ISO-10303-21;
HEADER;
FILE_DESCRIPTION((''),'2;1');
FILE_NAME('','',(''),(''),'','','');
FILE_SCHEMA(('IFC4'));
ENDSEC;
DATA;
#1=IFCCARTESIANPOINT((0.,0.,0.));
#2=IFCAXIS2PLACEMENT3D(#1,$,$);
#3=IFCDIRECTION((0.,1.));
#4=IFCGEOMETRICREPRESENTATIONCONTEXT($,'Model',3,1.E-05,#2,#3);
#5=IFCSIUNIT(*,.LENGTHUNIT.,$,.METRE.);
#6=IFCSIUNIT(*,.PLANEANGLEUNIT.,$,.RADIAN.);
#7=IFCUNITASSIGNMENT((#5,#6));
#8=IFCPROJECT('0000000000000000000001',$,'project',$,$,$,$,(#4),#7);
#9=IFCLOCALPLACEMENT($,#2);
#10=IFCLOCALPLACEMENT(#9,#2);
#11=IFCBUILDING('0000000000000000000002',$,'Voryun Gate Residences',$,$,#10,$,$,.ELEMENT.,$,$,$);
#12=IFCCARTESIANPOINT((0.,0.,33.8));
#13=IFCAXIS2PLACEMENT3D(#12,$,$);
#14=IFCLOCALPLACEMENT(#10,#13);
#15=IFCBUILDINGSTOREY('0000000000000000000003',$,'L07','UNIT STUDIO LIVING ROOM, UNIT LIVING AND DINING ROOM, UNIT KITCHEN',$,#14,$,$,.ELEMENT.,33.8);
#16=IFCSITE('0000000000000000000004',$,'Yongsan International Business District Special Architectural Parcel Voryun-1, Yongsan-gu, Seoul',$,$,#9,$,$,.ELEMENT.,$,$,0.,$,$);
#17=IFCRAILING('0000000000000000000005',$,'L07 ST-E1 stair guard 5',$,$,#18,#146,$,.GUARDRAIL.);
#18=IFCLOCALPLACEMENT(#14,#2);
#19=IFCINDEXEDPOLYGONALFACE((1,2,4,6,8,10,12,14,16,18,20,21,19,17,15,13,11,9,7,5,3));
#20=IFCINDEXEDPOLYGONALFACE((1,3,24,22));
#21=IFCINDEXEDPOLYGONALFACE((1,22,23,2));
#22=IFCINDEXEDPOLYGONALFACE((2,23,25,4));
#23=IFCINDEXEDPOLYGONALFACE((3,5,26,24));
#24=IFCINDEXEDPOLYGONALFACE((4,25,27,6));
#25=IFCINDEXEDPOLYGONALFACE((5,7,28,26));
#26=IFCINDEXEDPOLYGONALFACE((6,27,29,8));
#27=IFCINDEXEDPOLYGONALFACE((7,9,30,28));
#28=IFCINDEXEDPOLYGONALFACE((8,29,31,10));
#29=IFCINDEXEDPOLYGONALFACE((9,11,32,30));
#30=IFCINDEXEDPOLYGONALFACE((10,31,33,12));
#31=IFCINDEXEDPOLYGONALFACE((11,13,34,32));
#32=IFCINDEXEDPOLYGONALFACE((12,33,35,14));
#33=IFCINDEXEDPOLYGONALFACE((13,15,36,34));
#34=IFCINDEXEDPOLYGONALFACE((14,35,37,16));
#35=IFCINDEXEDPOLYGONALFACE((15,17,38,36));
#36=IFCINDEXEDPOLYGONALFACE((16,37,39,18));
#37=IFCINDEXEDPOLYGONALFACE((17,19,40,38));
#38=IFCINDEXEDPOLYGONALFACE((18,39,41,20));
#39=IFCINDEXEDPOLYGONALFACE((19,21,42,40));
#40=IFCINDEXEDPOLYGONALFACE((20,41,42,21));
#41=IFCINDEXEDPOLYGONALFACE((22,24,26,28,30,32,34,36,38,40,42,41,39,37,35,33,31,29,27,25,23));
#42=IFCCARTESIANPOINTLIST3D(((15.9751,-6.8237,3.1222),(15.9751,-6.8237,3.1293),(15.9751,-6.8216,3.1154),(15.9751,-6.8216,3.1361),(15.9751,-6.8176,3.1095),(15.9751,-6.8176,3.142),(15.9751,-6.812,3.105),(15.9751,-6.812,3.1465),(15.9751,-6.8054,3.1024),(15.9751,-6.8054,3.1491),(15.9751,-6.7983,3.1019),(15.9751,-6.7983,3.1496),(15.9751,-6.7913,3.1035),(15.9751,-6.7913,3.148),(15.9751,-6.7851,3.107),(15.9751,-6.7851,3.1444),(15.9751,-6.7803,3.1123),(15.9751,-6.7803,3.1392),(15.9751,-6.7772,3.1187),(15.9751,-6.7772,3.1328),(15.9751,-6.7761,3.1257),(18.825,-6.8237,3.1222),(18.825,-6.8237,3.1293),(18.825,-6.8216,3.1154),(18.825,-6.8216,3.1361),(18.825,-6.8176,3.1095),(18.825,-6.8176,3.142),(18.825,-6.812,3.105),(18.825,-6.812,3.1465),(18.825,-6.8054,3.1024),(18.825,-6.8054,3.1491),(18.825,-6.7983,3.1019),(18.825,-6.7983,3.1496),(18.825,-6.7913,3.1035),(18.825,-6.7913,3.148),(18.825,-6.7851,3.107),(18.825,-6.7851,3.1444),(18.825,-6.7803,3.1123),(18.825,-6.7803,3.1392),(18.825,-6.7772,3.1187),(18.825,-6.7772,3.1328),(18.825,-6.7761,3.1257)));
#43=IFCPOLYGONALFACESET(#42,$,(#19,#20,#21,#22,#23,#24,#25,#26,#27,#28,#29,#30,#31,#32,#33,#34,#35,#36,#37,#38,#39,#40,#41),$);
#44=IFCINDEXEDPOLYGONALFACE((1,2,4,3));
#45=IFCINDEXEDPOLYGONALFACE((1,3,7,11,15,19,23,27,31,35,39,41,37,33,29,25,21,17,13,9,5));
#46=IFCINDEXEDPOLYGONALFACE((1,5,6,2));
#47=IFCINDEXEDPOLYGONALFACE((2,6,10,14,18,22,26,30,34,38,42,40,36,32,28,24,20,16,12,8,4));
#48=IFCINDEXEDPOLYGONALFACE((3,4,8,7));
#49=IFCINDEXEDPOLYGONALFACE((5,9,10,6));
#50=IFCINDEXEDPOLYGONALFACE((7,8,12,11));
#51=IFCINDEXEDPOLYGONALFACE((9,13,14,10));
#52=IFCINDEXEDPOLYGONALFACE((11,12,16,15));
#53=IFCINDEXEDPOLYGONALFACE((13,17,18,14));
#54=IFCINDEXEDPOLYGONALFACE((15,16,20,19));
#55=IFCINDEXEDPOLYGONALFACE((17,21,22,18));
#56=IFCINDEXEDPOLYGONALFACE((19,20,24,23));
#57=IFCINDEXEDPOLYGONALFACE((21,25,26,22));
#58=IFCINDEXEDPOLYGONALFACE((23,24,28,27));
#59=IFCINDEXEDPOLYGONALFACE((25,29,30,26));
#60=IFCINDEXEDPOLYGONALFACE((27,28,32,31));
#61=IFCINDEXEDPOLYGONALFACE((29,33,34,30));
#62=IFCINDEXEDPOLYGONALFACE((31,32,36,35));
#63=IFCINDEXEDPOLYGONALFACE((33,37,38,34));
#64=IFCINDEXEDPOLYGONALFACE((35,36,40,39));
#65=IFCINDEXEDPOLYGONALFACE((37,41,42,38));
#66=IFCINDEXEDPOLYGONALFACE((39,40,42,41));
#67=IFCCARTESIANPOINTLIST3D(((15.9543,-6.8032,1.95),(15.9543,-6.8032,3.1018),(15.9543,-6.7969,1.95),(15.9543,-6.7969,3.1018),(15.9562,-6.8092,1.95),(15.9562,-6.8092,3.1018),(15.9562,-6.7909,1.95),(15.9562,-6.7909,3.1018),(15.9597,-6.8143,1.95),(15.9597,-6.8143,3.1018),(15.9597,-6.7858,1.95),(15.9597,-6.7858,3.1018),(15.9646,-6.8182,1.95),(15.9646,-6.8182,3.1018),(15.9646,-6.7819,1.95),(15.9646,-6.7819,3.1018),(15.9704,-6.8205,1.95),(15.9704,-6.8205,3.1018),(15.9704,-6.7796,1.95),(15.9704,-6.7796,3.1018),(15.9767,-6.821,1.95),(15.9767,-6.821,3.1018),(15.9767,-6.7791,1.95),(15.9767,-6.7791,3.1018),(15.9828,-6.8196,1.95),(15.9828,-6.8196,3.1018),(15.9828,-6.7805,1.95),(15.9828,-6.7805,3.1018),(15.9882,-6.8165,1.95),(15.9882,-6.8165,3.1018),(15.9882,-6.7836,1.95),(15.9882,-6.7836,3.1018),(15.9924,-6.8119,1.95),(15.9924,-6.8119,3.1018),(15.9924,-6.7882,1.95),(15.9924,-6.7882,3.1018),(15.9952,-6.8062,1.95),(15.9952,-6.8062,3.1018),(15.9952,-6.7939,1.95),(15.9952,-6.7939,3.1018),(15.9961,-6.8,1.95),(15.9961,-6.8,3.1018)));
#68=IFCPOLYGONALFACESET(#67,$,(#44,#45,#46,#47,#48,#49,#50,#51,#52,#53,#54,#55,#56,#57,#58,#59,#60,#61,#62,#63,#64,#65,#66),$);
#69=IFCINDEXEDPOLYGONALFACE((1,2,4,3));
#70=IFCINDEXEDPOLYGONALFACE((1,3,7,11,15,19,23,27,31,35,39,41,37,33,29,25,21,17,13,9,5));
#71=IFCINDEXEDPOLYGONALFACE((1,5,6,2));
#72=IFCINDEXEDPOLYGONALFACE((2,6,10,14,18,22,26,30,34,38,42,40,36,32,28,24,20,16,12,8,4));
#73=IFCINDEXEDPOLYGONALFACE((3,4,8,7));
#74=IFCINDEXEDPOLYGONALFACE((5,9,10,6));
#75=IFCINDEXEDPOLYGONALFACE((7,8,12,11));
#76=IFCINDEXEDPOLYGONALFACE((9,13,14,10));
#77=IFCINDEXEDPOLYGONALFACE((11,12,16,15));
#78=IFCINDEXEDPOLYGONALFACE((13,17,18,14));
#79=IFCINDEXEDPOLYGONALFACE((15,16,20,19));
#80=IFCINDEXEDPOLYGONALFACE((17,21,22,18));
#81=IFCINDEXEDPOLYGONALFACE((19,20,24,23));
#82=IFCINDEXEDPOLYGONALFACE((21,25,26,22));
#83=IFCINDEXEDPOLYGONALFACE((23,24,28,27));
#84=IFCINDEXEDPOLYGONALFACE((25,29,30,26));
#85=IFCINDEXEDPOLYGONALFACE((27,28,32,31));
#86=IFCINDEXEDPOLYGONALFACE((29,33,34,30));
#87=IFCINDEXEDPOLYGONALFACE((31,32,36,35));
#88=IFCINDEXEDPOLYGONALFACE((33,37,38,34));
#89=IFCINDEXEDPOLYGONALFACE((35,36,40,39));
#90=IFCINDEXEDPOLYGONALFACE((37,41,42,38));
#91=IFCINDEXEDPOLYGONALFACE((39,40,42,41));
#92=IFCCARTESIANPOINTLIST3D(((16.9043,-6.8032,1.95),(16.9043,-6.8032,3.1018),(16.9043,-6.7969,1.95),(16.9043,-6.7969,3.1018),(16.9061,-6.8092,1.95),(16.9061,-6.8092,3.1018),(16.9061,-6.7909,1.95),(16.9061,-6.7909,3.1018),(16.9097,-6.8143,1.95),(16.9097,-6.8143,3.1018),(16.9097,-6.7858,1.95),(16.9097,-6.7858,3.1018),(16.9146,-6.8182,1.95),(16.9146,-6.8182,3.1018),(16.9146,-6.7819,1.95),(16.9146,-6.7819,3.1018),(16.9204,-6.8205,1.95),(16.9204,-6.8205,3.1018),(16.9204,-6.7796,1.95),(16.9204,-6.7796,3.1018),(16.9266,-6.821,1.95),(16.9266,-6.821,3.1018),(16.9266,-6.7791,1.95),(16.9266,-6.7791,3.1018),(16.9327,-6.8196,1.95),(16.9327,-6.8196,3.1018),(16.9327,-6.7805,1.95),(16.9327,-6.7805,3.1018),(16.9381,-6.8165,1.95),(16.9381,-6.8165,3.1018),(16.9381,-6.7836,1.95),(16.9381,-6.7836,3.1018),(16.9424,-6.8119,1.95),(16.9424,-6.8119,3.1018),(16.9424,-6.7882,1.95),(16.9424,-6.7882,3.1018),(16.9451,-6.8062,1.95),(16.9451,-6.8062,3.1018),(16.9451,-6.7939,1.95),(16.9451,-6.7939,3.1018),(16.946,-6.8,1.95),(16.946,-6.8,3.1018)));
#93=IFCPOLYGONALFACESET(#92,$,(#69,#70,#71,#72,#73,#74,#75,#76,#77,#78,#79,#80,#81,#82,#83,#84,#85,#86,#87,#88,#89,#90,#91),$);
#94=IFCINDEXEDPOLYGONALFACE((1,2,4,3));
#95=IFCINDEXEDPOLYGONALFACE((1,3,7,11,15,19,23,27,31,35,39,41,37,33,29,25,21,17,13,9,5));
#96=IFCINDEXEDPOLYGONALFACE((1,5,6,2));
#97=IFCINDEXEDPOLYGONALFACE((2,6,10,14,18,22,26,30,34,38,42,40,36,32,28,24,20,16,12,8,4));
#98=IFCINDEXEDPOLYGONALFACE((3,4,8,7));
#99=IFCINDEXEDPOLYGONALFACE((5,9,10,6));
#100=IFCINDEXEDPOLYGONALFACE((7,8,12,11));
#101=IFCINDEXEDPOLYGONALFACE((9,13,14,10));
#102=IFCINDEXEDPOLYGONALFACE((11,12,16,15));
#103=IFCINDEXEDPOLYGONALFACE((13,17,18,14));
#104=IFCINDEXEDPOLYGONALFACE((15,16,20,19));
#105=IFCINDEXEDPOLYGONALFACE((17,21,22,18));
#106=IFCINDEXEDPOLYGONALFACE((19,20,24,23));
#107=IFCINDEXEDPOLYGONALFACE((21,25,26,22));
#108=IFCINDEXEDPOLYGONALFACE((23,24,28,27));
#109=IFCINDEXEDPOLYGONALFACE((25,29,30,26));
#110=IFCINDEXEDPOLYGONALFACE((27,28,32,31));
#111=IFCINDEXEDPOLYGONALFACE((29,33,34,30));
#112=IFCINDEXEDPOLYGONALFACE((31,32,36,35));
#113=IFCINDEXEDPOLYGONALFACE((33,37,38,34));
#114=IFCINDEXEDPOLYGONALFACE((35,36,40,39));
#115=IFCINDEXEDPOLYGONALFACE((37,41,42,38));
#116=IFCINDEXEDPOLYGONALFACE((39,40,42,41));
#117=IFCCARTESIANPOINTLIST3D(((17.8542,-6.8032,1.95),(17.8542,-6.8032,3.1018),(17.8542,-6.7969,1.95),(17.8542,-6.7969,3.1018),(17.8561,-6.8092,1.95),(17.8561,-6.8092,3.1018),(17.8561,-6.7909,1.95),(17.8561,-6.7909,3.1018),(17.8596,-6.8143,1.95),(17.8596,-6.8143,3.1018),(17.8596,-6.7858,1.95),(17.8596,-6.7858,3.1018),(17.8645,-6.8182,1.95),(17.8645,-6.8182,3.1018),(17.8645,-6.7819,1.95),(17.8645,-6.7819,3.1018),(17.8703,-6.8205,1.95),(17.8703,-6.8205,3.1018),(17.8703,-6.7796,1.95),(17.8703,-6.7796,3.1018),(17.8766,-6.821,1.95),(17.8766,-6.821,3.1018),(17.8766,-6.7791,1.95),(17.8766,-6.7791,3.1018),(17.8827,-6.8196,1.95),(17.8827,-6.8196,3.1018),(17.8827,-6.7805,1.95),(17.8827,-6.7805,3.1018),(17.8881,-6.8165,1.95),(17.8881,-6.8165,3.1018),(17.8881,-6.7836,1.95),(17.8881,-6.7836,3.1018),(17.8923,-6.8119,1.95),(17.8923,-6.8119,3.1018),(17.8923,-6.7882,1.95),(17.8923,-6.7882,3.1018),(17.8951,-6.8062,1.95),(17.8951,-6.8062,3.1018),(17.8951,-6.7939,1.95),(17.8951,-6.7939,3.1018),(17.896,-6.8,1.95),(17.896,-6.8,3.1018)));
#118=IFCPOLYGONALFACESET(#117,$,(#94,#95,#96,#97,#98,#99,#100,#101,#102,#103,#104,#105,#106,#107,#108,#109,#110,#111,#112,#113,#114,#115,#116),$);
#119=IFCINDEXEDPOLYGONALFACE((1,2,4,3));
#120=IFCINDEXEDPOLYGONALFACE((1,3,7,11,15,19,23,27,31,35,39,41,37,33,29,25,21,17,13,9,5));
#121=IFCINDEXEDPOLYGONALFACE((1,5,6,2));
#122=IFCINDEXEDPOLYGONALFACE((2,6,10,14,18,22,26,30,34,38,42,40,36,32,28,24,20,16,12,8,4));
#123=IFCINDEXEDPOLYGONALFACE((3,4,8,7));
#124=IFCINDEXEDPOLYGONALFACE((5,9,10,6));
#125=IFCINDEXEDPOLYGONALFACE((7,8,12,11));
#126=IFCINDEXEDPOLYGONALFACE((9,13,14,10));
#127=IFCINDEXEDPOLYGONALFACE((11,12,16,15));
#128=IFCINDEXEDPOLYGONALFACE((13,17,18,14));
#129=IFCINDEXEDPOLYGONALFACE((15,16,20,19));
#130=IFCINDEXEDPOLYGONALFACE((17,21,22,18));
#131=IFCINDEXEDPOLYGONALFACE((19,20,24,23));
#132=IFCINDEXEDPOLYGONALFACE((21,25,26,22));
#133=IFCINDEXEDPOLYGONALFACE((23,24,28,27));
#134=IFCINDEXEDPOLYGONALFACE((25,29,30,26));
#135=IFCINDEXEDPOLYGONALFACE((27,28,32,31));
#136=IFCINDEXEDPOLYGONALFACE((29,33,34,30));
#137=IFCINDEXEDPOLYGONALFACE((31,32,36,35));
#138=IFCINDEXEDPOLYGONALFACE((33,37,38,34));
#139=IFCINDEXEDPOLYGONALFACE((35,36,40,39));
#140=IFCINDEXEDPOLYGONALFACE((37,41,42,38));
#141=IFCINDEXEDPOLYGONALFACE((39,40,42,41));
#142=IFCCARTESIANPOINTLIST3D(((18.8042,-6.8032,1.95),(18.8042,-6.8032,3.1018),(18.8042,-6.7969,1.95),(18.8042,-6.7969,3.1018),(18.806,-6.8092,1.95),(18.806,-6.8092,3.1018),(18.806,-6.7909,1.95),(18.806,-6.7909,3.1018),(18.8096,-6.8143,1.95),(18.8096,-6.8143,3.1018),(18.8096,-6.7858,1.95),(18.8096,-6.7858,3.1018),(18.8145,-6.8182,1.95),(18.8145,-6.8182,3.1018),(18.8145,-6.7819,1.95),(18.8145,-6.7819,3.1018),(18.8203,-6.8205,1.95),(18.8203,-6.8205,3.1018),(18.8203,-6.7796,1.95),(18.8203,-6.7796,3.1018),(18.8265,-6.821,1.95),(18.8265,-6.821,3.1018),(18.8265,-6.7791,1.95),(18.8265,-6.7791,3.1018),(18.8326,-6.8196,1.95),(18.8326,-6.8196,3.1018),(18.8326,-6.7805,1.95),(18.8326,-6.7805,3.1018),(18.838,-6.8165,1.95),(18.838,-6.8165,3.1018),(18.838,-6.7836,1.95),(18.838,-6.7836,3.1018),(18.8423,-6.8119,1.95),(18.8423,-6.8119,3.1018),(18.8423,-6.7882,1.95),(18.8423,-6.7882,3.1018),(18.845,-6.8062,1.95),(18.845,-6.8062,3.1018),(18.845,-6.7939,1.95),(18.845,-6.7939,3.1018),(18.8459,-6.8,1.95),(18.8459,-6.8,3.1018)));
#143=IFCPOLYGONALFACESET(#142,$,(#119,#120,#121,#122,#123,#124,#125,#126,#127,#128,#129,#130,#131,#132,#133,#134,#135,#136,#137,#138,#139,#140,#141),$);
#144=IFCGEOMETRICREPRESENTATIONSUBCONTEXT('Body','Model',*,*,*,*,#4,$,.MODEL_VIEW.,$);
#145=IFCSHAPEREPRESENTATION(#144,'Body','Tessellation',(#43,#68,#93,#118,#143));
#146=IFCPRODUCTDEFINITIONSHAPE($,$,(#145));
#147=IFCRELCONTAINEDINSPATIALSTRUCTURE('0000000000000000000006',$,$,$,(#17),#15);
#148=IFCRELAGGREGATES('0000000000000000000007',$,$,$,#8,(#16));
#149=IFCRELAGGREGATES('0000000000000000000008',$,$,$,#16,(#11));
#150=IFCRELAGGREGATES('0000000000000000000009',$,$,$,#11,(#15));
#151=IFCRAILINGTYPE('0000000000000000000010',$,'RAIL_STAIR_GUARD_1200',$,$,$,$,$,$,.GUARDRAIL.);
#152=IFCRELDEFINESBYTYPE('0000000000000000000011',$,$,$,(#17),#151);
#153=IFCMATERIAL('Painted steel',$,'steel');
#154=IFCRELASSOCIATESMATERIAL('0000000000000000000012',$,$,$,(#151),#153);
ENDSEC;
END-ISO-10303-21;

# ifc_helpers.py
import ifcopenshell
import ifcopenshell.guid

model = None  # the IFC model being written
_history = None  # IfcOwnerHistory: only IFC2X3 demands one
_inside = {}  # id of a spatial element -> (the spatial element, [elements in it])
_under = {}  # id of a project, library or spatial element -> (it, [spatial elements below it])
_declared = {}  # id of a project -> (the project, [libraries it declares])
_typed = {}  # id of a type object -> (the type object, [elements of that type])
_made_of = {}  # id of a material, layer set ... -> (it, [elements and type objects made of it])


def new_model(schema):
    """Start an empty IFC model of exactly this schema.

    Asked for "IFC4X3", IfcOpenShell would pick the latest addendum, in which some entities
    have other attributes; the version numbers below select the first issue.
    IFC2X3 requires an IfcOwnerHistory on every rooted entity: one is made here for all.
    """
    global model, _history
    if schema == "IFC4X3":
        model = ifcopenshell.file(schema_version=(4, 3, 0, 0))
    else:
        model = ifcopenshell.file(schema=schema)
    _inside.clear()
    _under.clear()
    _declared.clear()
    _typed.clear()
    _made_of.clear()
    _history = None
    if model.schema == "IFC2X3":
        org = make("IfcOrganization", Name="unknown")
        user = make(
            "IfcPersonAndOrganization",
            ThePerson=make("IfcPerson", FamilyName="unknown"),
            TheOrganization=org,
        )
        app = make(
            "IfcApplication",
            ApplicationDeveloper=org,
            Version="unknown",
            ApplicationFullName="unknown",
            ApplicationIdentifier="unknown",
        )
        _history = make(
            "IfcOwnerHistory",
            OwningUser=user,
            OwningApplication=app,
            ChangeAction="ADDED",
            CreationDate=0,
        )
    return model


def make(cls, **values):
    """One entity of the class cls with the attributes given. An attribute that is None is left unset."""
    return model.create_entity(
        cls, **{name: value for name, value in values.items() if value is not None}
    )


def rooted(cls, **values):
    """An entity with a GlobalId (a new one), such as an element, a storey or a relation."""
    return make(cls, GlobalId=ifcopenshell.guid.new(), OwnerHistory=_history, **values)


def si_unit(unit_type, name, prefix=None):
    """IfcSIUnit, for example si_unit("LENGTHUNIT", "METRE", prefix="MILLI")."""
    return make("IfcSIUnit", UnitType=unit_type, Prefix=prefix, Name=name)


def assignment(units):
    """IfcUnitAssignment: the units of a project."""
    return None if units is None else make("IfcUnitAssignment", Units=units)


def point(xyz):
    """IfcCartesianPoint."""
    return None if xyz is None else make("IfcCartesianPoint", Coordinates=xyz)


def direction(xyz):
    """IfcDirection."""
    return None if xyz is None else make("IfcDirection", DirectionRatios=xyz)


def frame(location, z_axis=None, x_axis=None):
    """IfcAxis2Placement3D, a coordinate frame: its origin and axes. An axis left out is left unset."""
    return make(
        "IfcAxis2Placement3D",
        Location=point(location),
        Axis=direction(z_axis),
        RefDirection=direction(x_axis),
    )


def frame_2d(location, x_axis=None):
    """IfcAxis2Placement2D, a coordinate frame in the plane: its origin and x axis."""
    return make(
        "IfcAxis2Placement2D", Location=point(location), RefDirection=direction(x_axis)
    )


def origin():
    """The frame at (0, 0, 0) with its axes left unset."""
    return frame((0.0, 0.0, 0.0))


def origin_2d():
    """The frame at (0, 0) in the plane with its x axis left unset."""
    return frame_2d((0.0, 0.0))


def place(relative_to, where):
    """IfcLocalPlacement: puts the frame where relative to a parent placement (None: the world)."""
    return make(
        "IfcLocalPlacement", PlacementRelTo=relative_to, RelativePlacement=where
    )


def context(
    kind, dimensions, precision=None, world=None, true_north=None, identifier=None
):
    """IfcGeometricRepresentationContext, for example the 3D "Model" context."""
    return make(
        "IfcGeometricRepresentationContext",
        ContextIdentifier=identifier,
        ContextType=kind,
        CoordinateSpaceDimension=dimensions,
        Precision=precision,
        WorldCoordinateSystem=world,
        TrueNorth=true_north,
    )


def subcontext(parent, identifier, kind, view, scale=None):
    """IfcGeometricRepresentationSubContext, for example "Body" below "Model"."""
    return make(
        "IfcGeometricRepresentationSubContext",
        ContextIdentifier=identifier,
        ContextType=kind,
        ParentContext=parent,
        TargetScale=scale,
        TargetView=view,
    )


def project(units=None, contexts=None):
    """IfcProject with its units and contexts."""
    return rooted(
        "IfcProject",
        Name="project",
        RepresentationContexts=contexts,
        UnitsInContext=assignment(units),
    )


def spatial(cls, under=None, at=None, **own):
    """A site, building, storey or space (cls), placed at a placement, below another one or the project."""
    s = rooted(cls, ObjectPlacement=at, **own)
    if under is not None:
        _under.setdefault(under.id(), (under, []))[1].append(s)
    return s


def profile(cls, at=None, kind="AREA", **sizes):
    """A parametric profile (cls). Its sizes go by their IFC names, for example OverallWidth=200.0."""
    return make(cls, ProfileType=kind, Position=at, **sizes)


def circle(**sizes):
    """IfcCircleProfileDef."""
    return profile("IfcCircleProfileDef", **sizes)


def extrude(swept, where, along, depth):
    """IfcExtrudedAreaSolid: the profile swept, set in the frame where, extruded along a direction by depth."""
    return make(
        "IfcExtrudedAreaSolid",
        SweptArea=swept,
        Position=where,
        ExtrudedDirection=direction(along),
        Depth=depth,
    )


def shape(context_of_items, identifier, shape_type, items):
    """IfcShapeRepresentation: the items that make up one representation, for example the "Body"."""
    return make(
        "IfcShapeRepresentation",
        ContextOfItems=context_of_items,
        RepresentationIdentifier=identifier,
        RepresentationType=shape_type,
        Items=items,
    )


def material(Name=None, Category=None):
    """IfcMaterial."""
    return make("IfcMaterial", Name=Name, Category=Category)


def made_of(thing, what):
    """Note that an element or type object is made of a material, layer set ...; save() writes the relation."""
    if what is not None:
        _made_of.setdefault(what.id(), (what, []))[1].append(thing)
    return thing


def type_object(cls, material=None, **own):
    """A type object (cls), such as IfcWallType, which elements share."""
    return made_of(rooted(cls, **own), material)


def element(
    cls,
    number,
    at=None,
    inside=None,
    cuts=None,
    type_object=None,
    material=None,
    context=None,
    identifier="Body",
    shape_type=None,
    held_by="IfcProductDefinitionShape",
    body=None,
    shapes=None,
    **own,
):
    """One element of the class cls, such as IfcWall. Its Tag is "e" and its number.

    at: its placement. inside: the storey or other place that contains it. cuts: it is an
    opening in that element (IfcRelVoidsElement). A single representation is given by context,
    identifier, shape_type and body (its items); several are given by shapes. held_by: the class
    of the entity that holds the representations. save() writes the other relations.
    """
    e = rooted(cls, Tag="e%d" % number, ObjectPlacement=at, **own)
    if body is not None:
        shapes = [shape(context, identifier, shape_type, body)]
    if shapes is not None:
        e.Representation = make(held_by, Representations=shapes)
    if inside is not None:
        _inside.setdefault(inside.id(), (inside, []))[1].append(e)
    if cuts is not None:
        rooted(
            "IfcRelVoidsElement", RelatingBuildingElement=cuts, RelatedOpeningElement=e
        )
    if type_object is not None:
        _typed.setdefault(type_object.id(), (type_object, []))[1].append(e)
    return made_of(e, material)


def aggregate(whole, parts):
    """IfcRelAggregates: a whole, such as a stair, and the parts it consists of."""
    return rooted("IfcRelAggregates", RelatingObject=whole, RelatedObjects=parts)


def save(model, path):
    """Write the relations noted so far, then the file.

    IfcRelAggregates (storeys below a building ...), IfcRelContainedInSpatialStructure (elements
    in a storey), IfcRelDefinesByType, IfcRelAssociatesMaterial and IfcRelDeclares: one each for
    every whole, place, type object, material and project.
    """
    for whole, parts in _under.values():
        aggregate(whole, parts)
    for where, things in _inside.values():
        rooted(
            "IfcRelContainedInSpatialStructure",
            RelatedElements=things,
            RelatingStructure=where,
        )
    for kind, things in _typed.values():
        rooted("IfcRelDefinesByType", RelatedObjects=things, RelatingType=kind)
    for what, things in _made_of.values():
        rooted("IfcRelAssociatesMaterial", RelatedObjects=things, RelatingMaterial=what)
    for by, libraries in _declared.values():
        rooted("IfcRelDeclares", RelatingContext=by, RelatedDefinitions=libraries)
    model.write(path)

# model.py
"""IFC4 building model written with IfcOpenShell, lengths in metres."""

from ifc_helpers import new_model, si_unit, direction, frame, origin, origin_2d, place, context, subcontext, project, spatial, circle, extrude, material, type_object, element, save


model = new_model("IFC4")

# Units and contexts
model_context = context("Model", 3, precision=1e-05, world=origin(), true_north=direction((0.0, 1.0)))
body_context = subcontext(model_context, "Body", "Model", "MODEL_VIEW")
ifc_project = project(units=[si_unit("LENGTHUNIT", "METRE"), si_unit("PLANEANGLEUNIT", "RADIAN")], contexts=[model_context])

# Site, building, storey
site_placement = place(None, origin())
site = spatial("IfcSite", under=ifc_project, at=site_placement, Name="Yongsan International Business District Special Architectural Parcel Voryun-1, Yongsan-gu, Seoul", CompositionType="ELEMENT", RefElevation=0.0)
building_placement = place(site_placement, origin())
building = spatial("IfcBuilding", under=site, at=building_placement, Name="Voryun Gate Residences", CompositionType="ELEMENT")
storey_placement = place(building_placement, frame((0.0, 0.0, 33.8)))
storey = spatial("IfcBuildingStorey", under=building, at=storey_placement, Name="L07", Description="UNIT STUDIO LIVING ROOM, UNIT LIVING AND DINING ROOM, UNIT KITCHEN", CompositionType="ELEMENT", Elevation=33.8)

# Railing
ifc_material_1 = material(Name="Painted steel", Category="steel")
railing_type_1 = type_object("IfcRailingType", Name="RAIL_STAIR_GUARD_1200", PredefinedType="GUARDRAIL", material=ifc_material_1)
railing_1_placement = place(storey_placement, frame((15.9751, -6.8, 1.95)))
element("IfcRailing", 1, at=railing_1_placement, inside=storey, type_object=railing_type_1, Name="L07 ST-E1 stair guard 5", PredefinedType="GUARDRAIL", context=body_context, shape_type="SweptSolid", body=[
    extrude(circle(Radius=0.0239, at=origin_2d()), frame((0.0, 0.0, 1.1758), z_axis=(1.0, 0.0, 0.0), x_axis=(0.0, 1.0, 0.0)), (0.0, 0.0, 1.0), 2.8499),
    extrude(circle(Radius=0.021, at=origin_2d()), origin(), (0.0, 0.0, 1.0), 1.1519),
    extrude(circle(Radius=0.021, at=origin_2d()), frame((0.95, 0.0, 0.0)), (0.0, 0.0, 1.0), 1.1519),
    extrude(circle(Radius=0.021, at=origin_2d()), frame((1.8999, 0.0, 0.0)), (0.0, 0.0, 1.0), 1.1519),
    extrude(circle(Radius=0.021, at=origin_2d()), frame((2.8499, 0.0, 0.0)), (0.0, 0.0, 1.0), 1.1519),
])

save(model, "model.ifc")
